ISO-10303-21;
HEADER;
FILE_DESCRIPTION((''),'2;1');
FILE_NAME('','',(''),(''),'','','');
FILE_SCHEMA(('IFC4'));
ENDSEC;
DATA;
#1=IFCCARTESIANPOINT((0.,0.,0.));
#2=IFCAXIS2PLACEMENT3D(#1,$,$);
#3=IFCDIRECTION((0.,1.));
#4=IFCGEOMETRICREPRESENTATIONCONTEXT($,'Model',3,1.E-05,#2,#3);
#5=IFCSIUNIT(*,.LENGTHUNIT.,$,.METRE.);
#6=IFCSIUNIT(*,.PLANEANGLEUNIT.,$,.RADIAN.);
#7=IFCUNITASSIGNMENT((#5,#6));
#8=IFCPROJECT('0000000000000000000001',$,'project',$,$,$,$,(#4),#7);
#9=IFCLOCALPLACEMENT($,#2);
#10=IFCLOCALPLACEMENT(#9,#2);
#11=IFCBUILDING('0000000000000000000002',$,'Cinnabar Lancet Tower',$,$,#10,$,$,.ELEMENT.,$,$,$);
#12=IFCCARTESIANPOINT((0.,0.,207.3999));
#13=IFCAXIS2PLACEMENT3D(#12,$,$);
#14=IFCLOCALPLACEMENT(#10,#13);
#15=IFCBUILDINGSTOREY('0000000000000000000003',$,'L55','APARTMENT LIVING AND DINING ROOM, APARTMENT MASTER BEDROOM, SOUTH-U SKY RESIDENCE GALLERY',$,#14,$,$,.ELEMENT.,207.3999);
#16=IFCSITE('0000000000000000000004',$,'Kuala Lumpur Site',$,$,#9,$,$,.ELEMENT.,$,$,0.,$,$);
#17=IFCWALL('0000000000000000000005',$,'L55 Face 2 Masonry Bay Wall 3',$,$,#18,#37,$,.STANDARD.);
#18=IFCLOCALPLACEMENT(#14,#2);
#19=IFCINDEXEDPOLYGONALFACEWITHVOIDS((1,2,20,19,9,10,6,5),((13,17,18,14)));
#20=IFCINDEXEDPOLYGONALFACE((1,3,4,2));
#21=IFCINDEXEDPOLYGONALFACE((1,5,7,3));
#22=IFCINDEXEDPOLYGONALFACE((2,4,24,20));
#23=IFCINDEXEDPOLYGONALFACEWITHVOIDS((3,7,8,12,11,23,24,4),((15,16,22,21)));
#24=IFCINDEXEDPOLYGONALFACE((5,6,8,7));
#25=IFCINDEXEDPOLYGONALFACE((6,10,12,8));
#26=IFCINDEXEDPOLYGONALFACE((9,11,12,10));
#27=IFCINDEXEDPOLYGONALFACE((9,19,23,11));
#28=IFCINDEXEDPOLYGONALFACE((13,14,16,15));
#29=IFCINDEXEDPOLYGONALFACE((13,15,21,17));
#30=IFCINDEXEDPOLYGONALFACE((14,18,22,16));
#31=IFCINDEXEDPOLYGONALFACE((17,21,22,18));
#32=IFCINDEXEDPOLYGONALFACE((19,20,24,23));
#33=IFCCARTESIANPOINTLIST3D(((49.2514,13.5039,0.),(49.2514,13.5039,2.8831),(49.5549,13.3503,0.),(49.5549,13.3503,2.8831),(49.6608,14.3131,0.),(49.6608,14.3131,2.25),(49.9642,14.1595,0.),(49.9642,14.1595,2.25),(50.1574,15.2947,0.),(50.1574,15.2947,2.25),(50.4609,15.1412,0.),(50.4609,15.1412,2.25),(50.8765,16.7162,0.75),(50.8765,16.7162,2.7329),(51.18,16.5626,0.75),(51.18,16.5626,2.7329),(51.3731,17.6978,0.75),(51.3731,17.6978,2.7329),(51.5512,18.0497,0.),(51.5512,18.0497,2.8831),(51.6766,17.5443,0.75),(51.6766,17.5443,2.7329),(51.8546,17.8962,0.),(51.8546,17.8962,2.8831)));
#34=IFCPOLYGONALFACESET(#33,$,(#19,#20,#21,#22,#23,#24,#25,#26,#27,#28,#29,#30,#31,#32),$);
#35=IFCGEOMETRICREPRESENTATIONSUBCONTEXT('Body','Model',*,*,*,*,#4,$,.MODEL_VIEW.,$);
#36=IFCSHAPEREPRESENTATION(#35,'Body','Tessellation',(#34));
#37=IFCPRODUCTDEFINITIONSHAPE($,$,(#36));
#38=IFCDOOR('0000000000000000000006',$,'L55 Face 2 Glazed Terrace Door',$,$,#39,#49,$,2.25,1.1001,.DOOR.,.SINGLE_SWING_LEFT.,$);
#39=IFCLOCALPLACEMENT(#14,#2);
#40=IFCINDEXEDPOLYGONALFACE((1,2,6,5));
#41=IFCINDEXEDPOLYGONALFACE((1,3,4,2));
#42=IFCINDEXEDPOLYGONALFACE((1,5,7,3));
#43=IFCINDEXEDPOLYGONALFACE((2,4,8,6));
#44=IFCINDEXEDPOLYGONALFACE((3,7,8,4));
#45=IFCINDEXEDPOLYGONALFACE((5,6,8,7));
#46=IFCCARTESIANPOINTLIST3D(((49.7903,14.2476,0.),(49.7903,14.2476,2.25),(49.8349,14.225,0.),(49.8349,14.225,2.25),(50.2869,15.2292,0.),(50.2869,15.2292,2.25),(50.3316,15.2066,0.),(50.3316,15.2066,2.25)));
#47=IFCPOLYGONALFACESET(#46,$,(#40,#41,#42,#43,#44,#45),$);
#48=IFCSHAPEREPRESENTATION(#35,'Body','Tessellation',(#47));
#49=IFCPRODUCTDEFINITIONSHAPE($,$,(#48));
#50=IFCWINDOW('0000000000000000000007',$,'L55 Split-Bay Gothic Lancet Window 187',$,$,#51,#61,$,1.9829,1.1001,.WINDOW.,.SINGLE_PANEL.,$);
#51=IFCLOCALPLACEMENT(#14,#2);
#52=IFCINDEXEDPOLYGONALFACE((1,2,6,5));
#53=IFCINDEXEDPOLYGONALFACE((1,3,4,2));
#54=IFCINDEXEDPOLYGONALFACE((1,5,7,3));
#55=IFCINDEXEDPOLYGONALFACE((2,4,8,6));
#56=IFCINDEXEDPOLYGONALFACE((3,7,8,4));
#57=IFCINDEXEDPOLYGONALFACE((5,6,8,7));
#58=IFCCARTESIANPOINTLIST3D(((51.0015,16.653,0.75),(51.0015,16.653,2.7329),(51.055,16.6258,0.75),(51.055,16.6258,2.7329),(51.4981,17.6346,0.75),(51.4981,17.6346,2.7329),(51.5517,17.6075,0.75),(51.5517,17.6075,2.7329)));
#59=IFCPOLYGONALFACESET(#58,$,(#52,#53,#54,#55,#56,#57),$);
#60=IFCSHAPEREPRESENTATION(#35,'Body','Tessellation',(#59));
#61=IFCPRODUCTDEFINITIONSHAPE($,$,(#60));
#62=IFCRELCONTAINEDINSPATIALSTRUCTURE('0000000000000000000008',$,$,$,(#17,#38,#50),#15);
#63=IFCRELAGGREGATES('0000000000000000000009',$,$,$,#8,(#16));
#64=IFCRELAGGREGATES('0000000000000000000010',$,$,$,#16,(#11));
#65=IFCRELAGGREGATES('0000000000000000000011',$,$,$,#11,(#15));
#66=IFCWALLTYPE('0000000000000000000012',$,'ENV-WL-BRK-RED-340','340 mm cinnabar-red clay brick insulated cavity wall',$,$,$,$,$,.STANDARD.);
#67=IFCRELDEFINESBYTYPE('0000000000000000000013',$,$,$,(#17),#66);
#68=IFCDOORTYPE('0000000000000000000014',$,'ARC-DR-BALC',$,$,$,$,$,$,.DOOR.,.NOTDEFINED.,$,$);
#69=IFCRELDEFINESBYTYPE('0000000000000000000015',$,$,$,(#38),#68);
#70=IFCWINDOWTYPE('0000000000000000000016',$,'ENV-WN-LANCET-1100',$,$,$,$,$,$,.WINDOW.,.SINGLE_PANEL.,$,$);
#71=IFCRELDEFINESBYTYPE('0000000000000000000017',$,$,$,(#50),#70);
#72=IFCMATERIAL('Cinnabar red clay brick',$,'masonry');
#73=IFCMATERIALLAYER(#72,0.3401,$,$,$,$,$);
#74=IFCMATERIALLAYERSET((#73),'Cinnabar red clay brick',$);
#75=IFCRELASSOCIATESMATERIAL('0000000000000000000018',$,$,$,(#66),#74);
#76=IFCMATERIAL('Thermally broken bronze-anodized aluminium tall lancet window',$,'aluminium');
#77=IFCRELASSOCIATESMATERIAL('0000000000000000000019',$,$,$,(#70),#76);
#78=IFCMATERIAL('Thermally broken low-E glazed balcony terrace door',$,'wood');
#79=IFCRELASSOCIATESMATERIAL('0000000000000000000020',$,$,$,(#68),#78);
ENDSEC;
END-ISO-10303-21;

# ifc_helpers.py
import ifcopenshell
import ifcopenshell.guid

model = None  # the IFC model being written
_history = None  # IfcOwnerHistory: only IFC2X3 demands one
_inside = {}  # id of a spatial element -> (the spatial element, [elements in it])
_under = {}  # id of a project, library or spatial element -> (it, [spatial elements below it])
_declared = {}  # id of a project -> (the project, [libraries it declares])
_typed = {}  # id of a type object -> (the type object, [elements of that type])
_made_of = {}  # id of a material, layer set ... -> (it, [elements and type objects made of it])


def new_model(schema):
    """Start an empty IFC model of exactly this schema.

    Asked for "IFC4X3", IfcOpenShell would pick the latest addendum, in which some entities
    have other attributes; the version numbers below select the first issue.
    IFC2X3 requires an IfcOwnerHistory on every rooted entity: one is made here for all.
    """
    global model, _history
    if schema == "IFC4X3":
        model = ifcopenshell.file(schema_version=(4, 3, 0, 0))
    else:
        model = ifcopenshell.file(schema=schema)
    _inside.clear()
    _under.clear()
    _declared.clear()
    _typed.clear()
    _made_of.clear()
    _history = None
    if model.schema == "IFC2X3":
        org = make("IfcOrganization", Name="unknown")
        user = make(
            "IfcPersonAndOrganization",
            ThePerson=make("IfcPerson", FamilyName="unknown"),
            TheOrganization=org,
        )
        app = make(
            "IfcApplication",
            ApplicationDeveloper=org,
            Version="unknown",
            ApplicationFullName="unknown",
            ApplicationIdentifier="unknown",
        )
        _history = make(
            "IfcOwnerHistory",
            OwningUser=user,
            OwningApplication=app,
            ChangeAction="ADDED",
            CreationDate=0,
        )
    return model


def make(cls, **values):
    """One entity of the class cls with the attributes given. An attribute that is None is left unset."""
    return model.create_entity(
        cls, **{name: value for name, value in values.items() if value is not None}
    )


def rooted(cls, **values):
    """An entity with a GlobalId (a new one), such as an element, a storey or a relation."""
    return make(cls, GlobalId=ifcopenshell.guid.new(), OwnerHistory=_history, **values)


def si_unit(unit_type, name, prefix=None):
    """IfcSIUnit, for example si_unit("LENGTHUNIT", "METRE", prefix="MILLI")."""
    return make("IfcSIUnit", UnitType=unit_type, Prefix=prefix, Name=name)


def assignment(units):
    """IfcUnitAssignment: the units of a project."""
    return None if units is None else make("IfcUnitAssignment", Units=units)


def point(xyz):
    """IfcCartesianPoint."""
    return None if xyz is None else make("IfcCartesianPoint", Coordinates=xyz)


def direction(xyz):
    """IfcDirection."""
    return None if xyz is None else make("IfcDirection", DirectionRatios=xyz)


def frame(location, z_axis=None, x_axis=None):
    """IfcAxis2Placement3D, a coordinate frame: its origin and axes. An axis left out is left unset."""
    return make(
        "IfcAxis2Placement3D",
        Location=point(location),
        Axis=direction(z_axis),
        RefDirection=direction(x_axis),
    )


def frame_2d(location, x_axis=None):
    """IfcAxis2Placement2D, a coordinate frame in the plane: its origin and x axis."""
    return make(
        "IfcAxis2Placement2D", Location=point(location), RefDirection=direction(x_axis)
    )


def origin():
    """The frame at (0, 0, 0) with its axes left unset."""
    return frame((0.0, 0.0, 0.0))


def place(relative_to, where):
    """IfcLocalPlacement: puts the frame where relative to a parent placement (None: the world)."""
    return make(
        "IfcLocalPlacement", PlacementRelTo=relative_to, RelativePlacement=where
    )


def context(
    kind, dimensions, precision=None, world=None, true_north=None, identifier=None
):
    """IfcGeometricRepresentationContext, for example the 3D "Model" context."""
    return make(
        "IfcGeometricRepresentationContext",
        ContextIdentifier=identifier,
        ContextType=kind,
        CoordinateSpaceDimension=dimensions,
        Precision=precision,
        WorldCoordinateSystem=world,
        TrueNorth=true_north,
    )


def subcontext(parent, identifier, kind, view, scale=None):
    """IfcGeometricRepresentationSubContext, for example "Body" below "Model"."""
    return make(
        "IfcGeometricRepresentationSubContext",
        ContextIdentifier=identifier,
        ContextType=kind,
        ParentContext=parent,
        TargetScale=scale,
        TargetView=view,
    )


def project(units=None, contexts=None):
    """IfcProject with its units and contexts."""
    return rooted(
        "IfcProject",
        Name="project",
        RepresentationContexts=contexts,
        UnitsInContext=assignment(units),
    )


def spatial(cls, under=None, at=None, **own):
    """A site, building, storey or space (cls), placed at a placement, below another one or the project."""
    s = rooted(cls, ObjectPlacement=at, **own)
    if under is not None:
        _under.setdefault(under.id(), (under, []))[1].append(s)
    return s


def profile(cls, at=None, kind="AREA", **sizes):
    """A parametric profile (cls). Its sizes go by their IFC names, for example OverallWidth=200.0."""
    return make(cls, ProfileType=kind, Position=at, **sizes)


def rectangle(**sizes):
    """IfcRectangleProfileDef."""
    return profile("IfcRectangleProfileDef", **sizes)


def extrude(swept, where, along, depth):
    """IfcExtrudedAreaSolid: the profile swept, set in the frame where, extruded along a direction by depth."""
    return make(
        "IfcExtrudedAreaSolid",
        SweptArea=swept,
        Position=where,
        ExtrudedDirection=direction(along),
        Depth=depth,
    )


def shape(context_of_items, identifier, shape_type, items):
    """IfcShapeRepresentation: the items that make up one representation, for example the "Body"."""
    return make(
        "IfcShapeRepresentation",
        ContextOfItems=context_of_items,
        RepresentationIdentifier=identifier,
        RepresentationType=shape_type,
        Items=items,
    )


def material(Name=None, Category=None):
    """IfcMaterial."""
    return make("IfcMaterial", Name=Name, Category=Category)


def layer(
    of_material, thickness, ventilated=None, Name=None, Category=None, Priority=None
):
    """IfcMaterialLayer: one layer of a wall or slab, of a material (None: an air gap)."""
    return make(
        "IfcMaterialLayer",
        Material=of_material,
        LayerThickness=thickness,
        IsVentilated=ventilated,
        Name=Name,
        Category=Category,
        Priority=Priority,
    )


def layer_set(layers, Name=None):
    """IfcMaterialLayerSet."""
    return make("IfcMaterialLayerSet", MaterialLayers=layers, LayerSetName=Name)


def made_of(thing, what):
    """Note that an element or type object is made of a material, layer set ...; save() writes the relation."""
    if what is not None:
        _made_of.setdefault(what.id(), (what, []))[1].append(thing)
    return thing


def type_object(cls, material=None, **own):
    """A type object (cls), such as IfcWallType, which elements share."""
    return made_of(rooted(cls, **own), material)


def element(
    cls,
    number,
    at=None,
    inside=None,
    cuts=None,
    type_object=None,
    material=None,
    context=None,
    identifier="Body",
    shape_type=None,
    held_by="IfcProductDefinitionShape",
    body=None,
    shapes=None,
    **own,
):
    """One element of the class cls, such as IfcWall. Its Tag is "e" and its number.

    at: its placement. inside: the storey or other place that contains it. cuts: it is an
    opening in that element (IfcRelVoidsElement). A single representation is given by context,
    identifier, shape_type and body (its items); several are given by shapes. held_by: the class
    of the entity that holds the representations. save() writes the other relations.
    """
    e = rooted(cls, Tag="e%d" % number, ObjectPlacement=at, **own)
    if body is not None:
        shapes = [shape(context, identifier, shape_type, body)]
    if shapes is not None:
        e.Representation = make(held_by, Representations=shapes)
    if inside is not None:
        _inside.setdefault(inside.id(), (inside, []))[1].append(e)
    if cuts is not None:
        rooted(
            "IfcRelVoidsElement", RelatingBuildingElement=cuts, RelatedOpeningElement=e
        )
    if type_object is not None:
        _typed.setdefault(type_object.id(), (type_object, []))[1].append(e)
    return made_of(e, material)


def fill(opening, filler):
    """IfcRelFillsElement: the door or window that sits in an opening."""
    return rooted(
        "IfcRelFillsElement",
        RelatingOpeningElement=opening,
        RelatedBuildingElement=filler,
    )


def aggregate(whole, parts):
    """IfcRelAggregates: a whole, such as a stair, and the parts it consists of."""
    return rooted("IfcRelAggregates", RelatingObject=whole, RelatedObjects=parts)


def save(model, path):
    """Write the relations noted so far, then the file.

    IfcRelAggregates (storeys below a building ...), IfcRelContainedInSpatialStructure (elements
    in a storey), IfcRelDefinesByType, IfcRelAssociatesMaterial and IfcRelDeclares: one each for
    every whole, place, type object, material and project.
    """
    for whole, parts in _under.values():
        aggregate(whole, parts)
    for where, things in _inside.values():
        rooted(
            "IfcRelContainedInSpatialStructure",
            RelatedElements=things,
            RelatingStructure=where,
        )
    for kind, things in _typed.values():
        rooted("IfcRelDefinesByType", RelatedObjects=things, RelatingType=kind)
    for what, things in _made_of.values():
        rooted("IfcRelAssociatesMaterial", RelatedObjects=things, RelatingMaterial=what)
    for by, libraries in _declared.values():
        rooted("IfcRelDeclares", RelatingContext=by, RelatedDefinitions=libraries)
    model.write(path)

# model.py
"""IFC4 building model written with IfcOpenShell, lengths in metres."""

from ifc_helpers import new_model, si_unit, direction, frame, frame_2d, origin, place, context, subcontext, project, spatial, rectangle, extrude, material, layer, layer_set, type_object, element, fill, save


model = new_model("IFC4")

# Units and contexts
model_context = context("Model", 3, precision=1e-05, world=origin(), true_north=direction((0.0, 1.0)))
body_context = subcontext(model_context, "Body", "Model", "MODEL_VIEW")
ifc_project = project(units=[si_unit("LENGTHUNIT", "METRE"), si_unit("PLANEANGLEUNIT", "RADIAN")], contexts=[model_context])

# Site, building, storey
site_placement = place(None, origin())
site = spatial("IfcSite", under=ifc_project, at=site_placement, Name="Kuala Lumpur Site", CompositionType="ELEMENT", RefElevation=0.0)
building_placement = place(site_placement, origin())
building = spatial("IfcBuilding", under=site, at=building_placement, Name="Cinnabar Lancet Tower", CompositionType="ELEMENT")
storey_placement = place(building_placement, frame((0.0, 0.0, 207.3999)))
storey = spatial("IfcBuildingStorey", under=building, at=storey_placement, Name="L55", Description="APARTMENT LIVING AND DINING ROOM, APARTMENT MASTER BEDROOM, SOUTH-U SKY RESIDENCE GALLERY", CompositionType="ELEMENT", Elevation=207.3999)

# Shared definitions
ifc_material_1 = material(Name="Cinnabar red clay brick", Category="masonry")
ifc_layer_1 = layer(ifc_material_1, 0.3401)
ifc_layer_set_1 = layer_set([ifc_layer_1], Name="Cinnabar red clay brick")
wall_type_1 = type_object("IfcWallType", Name="ENV-WL-BRK-RED-340", Description="340 mm cinnabar-red clay brick insulated cavity wall", PredefinedType="STANDARD", material=ifc_layer_set_1)

# Shared definitions
ifc_material_2 = material(Name="Thermally broken bronze-anodized aluminium tall lancet window", Category="aluminium")
window_type = type_object("IfcWindowType", Name="ENV-WN-LANCET-1100", PartitioningType="SINGLE_PANEL", PredefinedType="WINDOW", material=ifc_material_2)

# Wall, openings, door, window
wall_1_placement = place(storey_placement, frame((49.4031, 13.427, 0.0), z_axis=(0.0, 0.0, 1.0), x_axis=(0.451426, 0.892309, 0.0)))
wall_1 = element("IfcWall", 1, at=wall_1_placement, inside=storey, type_object=wall_type_1, Name="L55 Face 2 Masonry Bay Wall 3", PredefinedType="STANDARD", context=body_context, shape_type="SweptSolid", body=[
    extrude(rectangle(XDim=5.0945, YDim=0.3401, at=frame_2d((2.5474, 0.0))), origin(), (0.0, 0.0, 1.0), 2.8831),
])
opening_1_placement = place(wall_1_placement, frame((0.907, 0.0, 0.0)))
opening_1 = element("IfcOpeningElement", 2, at=opening_1_placement, cuts=wall_1, PredefinedType="OPENING", context=body_context, shape_type="SweptSolid", body=[
    extrude(rectangle(XDim=1.1001, YDim=2.25, at=frame_2d((0.55, 1.125))), frame((0.0, 0.1799, 0.0), z_axis=(0.0, -1.0, 0.0), x_axis=(1.0, 0.0, 0.0)), (0.0, 0.0, 1.0), 0.3601),
])
opening_2_placement = place(wall_1_placement, frame((3.6001, 0.0, 0.75)))
opening_2 = element("IfcOpeningElement", 3, at=opening_2_placement, cuts=wall_1, PredefinedType="OPENING", context=body_context, shape_type="SweptSolid", body=[
    extrude(rectangle(XDim=1.1001, YDim=1.9829, at=frame_2d((0.55, 0.9915))), frame((0.0, 0.1799, 0.0), z_axis=(0.0, -1.0, 0.0), x_axis=(1.0, 0.0, 0.0)), (0.0, 0.0, 1.0), 0.3601),
])
ifc_material_3 = material(Name="Thermally broken low-E glazed balcony terrace door", Category="wood")
door_type = type_object("IfcDoorType", Name="ARC-DR-BALC", OperationType="NOTDEFINED", PredefinedType="DOOR", material=ifc_material_3)
door_placement = place(opening_1_placement, origin())
door = element("IfcDoor", 4, at=door_placement, inside=storey, type_object=door_type, Name="L55 Face 2 Glazed Terrace Door", OperationType="SINGLE_SWING_LEFT", OverallHeight=2.25, OverallWidth=1.1001, PredefinedType="DOOR", context=body_context, shape_type="SweptSolid", body=[
    extrude(rectangle(XDim=1.1001, YDim=2.25, at=frame_2d((0.55, 1.125))), frame((0.0, 0.0249, 0.0), z_axis=(0.0, -1.0, 0.0), x_axis=(1.0, 0.0, 0.0)), (0.0, 0.0, 1.0), 0.05),
])
fill(opening_1, door)
window_1_placement = place(opening_2_placement, origin())
window_1 = element("IfcWindow", 5, at=window_1_placement, inside=storey, type_object=window_type, Name="L55 Split-Bay Gothic Lancet Window 187", OverallHeight=1.9829, OverallWidth=1.1001, PartitioningType="SINGLE_PANEL", PredefinedType="WINDOW", context=body_context, shape_type="SweptSolid", body=[
    extrude(rectangle(XDim=1.1001, YDim=1.9829, at=frame_2d((0.55, 0.9915))), frame((0.0, 0.03, 0.0), z_axis=(0.0, -1.0, 0.0), x_axis=(1.0, 0.0, 0.0)), (0.0, 0.0, 1.0), 0.0601),
])
fill(opening_2, window_1)

save(model, "model.ifc")
